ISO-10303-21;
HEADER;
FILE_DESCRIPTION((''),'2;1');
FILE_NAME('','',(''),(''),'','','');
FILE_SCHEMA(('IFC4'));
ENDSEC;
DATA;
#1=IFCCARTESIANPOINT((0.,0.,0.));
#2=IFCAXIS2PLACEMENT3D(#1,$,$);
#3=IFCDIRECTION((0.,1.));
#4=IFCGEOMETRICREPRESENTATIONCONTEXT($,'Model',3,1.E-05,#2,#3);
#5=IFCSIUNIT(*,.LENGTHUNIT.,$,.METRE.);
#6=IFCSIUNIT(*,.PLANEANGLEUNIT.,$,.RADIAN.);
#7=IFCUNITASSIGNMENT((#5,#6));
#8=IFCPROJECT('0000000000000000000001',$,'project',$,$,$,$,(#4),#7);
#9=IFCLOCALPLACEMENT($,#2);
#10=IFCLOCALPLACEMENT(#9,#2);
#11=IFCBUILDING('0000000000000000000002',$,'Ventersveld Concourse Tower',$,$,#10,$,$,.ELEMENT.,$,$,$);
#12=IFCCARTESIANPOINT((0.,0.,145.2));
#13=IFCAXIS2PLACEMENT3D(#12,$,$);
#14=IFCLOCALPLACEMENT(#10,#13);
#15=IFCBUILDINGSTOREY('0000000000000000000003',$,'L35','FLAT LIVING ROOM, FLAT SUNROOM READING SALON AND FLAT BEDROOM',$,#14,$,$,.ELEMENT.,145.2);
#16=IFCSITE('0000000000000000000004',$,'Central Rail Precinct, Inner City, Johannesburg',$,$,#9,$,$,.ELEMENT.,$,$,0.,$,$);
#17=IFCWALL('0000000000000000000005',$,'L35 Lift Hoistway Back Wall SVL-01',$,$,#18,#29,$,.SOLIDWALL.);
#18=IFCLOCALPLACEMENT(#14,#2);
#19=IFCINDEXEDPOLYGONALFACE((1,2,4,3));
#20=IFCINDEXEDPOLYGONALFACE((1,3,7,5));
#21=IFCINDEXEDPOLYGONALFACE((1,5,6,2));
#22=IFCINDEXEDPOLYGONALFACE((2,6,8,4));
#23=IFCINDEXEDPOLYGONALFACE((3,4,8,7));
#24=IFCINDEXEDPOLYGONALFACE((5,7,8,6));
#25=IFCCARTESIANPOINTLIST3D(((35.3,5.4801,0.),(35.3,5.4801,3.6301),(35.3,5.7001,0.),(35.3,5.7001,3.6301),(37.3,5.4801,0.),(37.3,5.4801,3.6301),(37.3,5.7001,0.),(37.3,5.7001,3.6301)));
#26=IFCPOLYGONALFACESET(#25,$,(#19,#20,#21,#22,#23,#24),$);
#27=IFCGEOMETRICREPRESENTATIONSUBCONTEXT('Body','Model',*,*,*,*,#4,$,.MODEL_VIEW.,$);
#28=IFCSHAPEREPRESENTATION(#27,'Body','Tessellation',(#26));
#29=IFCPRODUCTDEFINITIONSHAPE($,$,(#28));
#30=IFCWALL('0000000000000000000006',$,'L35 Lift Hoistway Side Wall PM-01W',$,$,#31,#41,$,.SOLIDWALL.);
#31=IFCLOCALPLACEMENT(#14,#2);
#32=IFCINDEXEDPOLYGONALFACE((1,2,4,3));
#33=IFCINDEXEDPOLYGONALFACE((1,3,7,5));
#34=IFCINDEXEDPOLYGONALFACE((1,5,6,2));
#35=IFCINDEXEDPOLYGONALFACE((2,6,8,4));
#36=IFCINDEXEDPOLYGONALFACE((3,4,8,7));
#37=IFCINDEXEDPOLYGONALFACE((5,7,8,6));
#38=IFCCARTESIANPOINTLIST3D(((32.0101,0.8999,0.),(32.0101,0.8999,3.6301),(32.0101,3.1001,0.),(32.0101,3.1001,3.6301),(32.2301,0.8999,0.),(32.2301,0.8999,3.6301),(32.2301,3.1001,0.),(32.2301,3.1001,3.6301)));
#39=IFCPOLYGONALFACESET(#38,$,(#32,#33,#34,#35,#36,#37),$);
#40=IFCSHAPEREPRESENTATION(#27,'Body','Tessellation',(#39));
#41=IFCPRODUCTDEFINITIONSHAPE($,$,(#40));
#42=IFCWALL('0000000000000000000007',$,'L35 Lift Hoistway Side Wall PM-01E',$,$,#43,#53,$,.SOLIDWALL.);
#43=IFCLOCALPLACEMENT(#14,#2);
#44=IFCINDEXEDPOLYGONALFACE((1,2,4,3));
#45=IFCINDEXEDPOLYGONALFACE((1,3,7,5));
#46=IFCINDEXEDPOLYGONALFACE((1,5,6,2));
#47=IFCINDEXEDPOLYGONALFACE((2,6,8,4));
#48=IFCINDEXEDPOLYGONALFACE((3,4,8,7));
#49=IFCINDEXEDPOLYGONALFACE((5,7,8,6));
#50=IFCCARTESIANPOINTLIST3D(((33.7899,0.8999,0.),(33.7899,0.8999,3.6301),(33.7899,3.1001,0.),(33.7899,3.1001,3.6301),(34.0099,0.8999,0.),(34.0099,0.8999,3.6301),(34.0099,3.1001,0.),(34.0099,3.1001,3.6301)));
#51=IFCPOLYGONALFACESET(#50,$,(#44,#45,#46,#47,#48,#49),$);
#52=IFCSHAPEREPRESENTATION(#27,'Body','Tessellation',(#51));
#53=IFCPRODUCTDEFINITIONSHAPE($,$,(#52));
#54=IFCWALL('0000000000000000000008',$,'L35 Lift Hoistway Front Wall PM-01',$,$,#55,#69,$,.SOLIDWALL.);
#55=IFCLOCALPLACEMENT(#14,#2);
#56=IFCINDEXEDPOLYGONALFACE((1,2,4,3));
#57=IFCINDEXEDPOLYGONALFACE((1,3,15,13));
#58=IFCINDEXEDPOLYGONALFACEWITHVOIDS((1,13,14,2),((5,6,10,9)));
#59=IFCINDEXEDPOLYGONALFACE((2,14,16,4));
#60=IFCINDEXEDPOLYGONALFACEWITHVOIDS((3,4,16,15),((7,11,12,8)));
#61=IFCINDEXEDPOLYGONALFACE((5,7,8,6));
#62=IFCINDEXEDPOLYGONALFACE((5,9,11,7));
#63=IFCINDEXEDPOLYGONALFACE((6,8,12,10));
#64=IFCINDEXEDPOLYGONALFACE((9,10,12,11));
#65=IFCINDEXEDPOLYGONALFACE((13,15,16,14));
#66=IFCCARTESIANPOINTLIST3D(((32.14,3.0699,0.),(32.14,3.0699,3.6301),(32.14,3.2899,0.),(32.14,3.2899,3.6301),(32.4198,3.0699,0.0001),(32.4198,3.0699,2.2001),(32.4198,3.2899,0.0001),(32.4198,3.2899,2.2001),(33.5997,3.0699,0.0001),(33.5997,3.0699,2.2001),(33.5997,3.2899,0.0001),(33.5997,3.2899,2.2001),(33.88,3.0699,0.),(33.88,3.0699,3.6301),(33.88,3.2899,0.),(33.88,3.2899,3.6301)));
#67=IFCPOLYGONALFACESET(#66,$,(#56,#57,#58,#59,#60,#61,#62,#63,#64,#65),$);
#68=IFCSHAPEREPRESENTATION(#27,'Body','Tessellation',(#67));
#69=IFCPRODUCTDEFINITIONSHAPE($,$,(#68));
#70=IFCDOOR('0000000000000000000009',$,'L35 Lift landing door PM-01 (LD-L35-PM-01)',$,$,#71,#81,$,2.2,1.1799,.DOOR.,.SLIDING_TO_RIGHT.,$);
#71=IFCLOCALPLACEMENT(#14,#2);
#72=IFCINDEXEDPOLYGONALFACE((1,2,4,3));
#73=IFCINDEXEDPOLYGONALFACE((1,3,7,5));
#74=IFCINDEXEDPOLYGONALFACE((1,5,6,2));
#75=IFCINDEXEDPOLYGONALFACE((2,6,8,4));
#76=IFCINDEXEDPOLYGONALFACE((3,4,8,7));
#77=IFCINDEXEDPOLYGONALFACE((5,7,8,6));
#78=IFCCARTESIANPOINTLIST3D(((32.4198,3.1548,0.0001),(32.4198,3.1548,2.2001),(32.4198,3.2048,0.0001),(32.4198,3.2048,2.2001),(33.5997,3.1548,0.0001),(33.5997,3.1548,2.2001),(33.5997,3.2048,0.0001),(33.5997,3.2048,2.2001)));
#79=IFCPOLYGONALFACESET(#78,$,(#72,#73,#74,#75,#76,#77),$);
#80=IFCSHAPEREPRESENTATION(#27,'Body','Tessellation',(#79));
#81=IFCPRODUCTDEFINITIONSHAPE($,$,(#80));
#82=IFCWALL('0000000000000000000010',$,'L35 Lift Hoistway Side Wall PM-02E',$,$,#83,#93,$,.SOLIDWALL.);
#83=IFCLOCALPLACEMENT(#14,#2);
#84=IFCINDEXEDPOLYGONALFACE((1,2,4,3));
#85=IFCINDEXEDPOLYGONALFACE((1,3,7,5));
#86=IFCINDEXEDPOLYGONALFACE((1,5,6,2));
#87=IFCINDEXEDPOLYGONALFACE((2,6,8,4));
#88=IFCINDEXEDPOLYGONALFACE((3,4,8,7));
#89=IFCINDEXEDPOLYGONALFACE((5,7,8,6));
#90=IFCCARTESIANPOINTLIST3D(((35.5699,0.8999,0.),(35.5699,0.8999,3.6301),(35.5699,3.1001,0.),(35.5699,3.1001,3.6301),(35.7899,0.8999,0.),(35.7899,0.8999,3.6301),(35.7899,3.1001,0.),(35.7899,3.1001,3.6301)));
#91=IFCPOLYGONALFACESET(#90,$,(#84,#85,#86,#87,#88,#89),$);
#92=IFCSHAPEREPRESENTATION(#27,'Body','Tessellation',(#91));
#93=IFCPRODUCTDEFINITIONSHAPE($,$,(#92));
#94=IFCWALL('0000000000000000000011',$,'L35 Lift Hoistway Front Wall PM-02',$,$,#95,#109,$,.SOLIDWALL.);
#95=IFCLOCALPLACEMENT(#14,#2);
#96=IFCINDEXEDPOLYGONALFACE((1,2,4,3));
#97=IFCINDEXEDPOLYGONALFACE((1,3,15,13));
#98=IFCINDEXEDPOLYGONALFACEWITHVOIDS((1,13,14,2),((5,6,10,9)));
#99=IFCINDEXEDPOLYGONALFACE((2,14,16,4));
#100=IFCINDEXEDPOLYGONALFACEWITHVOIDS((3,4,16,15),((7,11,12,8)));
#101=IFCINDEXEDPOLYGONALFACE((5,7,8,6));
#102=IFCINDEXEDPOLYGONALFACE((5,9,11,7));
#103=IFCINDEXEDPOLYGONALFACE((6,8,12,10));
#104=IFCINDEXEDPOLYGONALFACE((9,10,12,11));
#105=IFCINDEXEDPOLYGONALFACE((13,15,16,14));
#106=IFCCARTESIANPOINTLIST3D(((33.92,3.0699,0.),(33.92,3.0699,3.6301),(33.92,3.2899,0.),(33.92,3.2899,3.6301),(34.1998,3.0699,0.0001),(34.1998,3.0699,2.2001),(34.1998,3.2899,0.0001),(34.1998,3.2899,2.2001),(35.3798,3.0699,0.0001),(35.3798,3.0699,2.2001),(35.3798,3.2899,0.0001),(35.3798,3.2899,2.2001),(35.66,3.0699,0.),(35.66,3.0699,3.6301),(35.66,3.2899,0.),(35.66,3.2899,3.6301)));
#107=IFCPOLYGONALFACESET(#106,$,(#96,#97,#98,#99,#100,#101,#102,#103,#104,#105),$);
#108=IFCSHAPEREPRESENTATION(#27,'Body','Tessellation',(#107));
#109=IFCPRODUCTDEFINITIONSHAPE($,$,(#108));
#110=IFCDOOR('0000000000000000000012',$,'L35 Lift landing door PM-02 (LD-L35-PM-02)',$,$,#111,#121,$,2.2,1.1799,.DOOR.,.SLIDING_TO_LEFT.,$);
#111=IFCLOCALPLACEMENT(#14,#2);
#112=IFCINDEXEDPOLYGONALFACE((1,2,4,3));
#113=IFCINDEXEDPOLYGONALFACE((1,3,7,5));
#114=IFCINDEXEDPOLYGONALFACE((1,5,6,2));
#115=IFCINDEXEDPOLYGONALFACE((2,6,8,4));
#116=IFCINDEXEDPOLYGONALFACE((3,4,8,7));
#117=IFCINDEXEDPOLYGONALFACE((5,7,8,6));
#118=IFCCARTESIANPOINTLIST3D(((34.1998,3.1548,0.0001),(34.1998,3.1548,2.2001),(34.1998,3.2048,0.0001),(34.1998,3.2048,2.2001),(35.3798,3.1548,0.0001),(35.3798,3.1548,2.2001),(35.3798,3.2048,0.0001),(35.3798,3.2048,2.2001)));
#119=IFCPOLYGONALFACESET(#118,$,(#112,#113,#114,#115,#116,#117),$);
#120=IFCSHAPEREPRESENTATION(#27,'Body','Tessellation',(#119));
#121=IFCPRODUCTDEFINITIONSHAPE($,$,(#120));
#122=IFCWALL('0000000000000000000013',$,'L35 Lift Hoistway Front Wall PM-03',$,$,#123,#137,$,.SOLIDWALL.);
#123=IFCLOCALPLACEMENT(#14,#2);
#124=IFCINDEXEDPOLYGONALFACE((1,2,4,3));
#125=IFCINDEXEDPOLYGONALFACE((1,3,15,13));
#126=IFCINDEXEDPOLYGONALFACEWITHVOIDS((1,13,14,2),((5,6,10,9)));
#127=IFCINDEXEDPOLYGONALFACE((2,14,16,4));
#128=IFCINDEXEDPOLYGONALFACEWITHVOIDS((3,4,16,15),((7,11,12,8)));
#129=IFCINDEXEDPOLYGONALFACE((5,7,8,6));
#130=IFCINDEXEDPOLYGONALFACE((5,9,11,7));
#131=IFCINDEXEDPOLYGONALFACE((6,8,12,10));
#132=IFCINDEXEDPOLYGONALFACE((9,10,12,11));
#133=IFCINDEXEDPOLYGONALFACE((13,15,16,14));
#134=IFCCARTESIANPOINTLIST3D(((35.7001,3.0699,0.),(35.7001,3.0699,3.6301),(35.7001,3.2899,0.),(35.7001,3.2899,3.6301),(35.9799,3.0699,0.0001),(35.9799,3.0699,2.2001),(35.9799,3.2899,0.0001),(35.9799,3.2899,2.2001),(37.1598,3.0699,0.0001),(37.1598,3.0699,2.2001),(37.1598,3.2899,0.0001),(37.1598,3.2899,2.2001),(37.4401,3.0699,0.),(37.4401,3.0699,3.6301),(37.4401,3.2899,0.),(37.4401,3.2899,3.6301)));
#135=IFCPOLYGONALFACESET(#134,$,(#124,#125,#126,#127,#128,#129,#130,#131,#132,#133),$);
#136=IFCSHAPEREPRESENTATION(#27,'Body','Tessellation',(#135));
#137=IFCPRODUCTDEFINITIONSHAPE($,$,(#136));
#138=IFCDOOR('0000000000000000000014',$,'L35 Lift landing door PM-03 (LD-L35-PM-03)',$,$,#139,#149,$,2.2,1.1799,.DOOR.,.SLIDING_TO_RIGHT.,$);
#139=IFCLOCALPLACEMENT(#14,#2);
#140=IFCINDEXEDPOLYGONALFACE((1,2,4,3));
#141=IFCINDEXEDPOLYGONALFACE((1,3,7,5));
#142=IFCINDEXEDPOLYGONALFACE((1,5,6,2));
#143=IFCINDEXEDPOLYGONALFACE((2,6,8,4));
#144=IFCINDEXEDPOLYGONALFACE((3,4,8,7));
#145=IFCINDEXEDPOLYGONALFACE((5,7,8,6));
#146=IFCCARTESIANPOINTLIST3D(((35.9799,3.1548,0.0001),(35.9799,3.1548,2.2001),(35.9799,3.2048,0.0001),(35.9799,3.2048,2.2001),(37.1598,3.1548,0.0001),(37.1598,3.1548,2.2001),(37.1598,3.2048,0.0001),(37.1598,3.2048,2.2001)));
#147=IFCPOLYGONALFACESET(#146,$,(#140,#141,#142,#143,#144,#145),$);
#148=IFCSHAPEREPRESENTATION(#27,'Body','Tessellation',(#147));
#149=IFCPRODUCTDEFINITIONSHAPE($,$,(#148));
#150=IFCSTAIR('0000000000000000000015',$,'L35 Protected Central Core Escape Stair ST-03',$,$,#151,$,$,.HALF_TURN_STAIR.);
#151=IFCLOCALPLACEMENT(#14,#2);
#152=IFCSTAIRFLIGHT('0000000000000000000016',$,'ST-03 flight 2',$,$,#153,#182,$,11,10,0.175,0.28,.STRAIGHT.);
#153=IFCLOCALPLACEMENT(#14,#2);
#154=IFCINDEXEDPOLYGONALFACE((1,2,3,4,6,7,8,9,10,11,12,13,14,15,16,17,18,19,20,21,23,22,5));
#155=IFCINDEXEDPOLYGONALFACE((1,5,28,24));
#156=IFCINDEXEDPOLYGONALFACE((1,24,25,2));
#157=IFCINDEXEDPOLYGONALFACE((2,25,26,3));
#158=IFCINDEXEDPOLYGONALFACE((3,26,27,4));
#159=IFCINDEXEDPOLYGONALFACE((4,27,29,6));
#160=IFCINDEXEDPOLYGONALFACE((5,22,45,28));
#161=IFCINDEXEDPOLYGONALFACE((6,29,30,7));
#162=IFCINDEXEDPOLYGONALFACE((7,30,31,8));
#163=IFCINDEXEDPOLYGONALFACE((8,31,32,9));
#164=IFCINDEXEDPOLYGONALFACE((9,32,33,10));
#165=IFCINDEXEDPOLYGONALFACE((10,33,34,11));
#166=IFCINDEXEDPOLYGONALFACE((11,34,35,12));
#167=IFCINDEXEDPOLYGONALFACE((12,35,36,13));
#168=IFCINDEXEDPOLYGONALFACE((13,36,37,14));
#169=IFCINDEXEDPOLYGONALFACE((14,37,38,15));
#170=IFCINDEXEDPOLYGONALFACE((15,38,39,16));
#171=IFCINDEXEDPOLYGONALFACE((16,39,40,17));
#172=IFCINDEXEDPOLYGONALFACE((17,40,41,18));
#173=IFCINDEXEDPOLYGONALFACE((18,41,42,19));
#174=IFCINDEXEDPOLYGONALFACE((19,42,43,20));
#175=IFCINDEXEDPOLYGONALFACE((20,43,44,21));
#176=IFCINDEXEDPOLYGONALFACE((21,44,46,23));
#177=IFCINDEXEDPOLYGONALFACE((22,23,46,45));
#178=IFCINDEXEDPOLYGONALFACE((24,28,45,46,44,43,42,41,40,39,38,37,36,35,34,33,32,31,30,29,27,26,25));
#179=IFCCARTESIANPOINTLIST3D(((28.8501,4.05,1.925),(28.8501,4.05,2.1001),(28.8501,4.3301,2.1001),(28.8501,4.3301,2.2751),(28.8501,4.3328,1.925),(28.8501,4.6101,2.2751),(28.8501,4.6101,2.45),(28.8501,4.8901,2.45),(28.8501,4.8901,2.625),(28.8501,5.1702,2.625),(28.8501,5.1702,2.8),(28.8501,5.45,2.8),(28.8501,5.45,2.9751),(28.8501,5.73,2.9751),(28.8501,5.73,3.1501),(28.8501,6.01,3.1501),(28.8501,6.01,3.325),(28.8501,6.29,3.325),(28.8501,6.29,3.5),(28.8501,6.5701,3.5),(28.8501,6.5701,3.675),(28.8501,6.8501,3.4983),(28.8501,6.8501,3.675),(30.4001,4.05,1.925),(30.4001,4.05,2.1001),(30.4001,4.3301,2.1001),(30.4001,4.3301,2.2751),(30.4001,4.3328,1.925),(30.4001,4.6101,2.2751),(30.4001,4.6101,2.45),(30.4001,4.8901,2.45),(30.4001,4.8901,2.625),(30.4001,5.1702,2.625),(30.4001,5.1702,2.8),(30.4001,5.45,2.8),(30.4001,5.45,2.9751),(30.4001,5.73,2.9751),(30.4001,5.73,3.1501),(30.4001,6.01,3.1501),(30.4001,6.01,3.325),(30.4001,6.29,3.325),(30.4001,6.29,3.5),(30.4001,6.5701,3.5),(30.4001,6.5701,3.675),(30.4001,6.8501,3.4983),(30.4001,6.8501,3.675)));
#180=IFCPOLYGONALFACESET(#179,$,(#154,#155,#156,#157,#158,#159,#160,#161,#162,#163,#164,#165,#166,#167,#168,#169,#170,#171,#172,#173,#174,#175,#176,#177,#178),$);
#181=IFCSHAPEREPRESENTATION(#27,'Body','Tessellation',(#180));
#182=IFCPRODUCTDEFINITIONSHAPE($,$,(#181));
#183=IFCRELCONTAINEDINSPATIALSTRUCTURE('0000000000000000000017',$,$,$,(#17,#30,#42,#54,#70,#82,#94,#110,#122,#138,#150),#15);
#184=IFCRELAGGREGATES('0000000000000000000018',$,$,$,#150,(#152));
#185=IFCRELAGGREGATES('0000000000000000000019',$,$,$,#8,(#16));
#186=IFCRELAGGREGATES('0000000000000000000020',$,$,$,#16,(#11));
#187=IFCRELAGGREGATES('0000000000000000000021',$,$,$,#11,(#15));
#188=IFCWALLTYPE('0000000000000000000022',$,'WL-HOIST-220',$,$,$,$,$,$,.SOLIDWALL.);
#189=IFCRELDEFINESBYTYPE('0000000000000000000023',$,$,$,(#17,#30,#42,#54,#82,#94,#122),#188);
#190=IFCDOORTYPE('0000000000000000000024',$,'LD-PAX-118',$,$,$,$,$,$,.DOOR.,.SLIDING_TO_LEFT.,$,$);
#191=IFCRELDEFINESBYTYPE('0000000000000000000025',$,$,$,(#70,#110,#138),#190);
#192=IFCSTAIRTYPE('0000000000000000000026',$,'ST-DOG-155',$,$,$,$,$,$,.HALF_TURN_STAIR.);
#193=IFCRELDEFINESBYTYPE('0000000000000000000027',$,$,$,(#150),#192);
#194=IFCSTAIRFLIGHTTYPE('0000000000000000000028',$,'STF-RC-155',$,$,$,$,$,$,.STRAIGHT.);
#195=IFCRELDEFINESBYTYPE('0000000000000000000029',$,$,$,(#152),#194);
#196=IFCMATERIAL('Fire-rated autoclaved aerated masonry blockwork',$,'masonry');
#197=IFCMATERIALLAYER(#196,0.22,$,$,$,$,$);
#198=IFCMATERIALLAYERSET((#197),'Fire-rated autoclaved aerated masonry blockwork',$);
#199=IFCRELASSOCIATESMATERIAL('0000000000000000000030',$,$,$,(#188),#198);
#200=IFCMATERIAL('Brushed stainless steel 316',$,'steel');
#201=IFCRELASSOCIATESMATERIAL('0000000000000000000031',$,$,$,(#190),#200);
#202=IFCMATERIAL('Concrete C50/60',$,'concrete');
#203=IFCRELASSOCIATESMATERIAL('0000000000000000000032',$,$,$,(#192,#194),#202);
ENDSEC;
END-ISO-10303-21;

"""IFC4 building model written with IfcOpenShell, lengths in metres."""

from ifc_helpers import new_model, si_unit, direction, frame, frame_2d, origin, place, context, subcontext, project, spatial, polyline, rectangle, outline, extrude, material, layer, layer_set, type_object, element, fill, aggregate, save


model = new_model("IFC4")

# Units and contexts
model_context = context("Model", 3, precision=1e-05, world=origin(), true_north=direction((0.0, 1.0)))
body_context = subcontext(model_context, "Body", "Model", "MODEL_VIEW")
ifc_project = project(units=[si_unit("LENGTHUNIT", "METRE"), si_unit("PLANEANGLEUNIT", "RADIAN")], contexts=[model_context])

# Site, building, storey
site_placement = place(None, origin())
site = spatial("IfcSite", under=ifc_project, at=site_placement, Name="Central Rail Precinct, Inner City, Johannesburg", CompositionType="ELEMENT", RefElevation=0.0)
building_placement = place(site_placement, origin())
building = spatial("IfcBuilding", under=site, at=building_placement, Name="Ventersveld Concourse Tower", CompositionType="ELEMENT")
storey_placement = place(building_placement, frame((0.0, 0.0, 145.2)))
storey = spatial("IfcBuildingStorey", under=building, at=storey_placement, Name="L35", Description="FLAT LIVING ROOM, FLAT SUNROOM READING SALON AND FLAT BEDROOM", CompositionType="ELEMENT", Elevation=145.2)

# Shared definitions
ifc_material_1 = material(Name="Concrete C50/60", Category="concrete")

# Walls
ifc_material_2 = material(Name="Fire-rated autoclaved aerated masonry blockwork", Category="masonry")
ifc_layer_1 = layer(ifc_material_2, 0.22)
ifc_layer_set_1 = layer_set([ifc_layer_1], Name="Fire-rated autoclaved aerated masonry blockwork")
wall_type_1 = type_object("IfcWallType", Name="WL-HOIST-220", PredefinedType="SOLIDWALL", material=ifc_layer_set_1)
wall_1_placement = place(storey_placement, frame((35.3, 5.5901, 0.0), z_axis=(0.0, 0.0, 1.0), x_axis=(1.0, 0.0, 0.0)))
element("IfcWall", 1, at=wall_1_placement, inside=storey, type_object=wall_type_1, Name="L35 Lift Hoistway Back Wall SVL-01", PredefinedType="SOLIDWALL", context=body_context, shape_type="SweptSolid", body=[
    extrude(rectangle(XDim=2.0, YDim=0.22, at=frame_2d((1.0, 0.0))), origin(), (0.0, 0.0, 1.0), 3.6301),
])
for number, where, z_axis, x_axis, name in (
    (2, (32.1201, 0.8999, 0.0), (0.0, 0.0, 1.0), (0.0, 1.0, 0.0), "L35 Lift Hoistway Side Wall PM-01W"),
    (3, (33.8999, 0.8999, 0.0), (0.0, 0.0, 1.0), (0.0, 1.0, 0.0), "L35 Lift Hoistway Side Wall PM-01E"),
):
    element("IfcWall", number, at=place(storey_placement, frame(where, z_axis=z_axis, x_axis=x_axis)), inside=storey, type_object=wall_type_1, Name=name, PredefinedType="SOLIDWALL", context=body_context, shape_type="SweptSolid", body=[
        extrude(rectangle(XDim=2.2002, YDim=0.22, at=frame_2d((1.1001, 0.0))), origin(), (0.0, 0.0, 1.0), 3.6301),
    ])

# Wall, opening, door
wall_2_placement = place(storey_placement, frame((32.1399, 3.1799, 0.0), z_axis=(0.0, 0.0, 1.0), x_axis=(1.0, 0.0, 0.0)))
wall_2 = element("IfcWall", 4, at=wall_2_placement, inside=storey, type_object=wall_type_1, Name="L35 Lift Hoistway Front Wall PM-01", PredefinedType="SOLIDWALL", context=body_context, shape_type="SweptSolid", body=[
    extrude(rectangle(XDim=1.74, YDim=0.22, at=frame_2d((0.8701, 0.0))), origin(), (0.0, 0.0, 1.0), 3.6301),
])
opening_1_placement = place(wall_2_placement, frame((0.28, 0.0, 0.0)))
opening_1 = element("IfcOpeningElement", 5, at=opening_1_placement, cuts=wall_2, PredefinedType="OPENING", context=body_context, shape_type="SweptSolid", body=[
    extrude(rectangle(XDim=1.1799, YDim=2.2, at=frame_2d((0.5898, 1.1001))), frame((0.0, 0.1201, 0.0), z_axis=(0.0, -1.0, 0.0), x_axis=(1.0, 0.0, 0.0)), (0.0, 0.0, 1.0), 0.24),
])
ifc_material_3 = material(Name="Brushed stainless steel 316", Category="steel")
door_type = type_object("IfcDoorType", Name="LD-PAX-118", OperationType="SLIDING_TO_LEFT", PredefinedType="DOOR", material=ifc_material_3)
door_1_placement = place(opening_1_placement, origin())
door_1 = element("IfcDoor", 6, at=door_1_placement, inside=storey, type_object=door_type, Name="L35 Lift landing door PM-01 (LD-L35-PM-01)", OperationType="SLIDING_TO_RIGHT", OverallHeight=2.2, OverallWidth=1.1799, PredefinedType="DOOR", context=body_context, shape_type="SweptSolid", body=[
    extrude(rectangle(XDim=1.1799, YDim=2.2, at=frame_2d((0.5898, 1.1001))), frame((0.0, 0.0249, 0.0), z_axis=(0.0, -1.0, 0.0), x_axis=(1.0, 0.0, 0.0)), (0.0, 0.0, 1.0), 0.05),
])
fill(opening_1, door_1)

# Wall
wall_3_placement = place(storey_placement, frame((35.6799, 0.8999, 0.0), z_axis=(0.0, 0.0, 1.0), x_axis=(0.0, 1.0, 0.0)))
element("IfcWall", 7, at=wall_3_placement, inside=storey, type_object=wall_type_1, Name="L35 Lift Hoistway Side Wall PM-02E", PredefinedType="SOLIDWALL", context=body_context, shape_type="SweptSolid", body=[
    extrude(rectangle(XDim=2.2002, YDim=0.22, at=frame_2d((1.1001, 0.0))), origin(), (0.0, 0.0, 1.0), 3.6301),
])

# Walls, openings, doors
wall_4_placement = place(storey_placement, frame((33.9199, 3.1799, 0.0), z_axis=(0.0, 0.0, 1.0), x_axis=(1.0, 0.0, 0.0)))
wall_4 = element("IfcWall", 8, at=wall_4_placement, inside=storey, type_object=wall_type_1, Name="L35 Lift Hoistway Front Wall PM-02", PredefinedType="SOLIDWALL", context=body_context, shape_type="SweptSolid", body=[
    extrude(rectangle(XDim=1.74, YDim=0.22, at=frame_2d((0.8701, 0.0))), origin(), (0.0, 0.0, 1.0), 3.6301),
])
opening_2_placement = place(wall_4_placement, frame((0.28, 0.0, 0.0)))
opening_2 = element("IfcOpeningElement", 9, at=opening_2_placement, cuts=wall_4, PredefinedType="OPENING", context=body_context, shape_type="SweptSolid", body=[
    extrude(rectangle(XDim=1.1799, YDim=2.2, at=frame_2d((0.5898, 1.1001))), frame((0.0, 0.1201, 0.0), z_axis=(0.0, -1.0, 0.0), x_axis=(1.0, 0.0, 0.0)), (0.0, 0.0, 1.0), 0.24),
])
door_2_placement = place(opening_2_placement, origin())
door_2 = element("IfcDoor", 10, at=door_2_placement, inside=storey, type_object=door_type, Name="L35 Lift landing door PM-02 (LD-L35-PM-02)", OperationType="SLIDING_TO_LEFT", OverallHeight=2.2, OverallWidth=1.1799, PredefinedType="DOOR", context=body_context, shape_type="SweptSolid", body=[
    extrude(rectangle(XDim=1.1799, YDim=2.2, at=frame_2d((0.5898, 1.1001))), frame((0.0, 0.0249, 0.0), z_axis=(0.0, -1.0, 0.0), x_axis=(1.0, 0.0, 0.0)), (0.0, 0.0, 1.0), 0.05),
])
fill(opening_2, door_2)
wall_5_placement = place(storey_placement, frame((35.7, 3.1799, 0.0), z_axis=(0.0, 0.0, 1.0), x_axis=(1.0, 0.0, 0.0)))
wall_5 = element("IfcWall", 11, at=wall_5_placement, inside=storey, type_object=wall_type_1, Name="L35 Lift Hoistway Front Wall PM-03", PredefinedType="SOLIDWALL", context=body_context, shape_type="SweptSolid", body=[
    extrude(rectangle(XDim=1.74, YDim=0.22, at=frame_2d((0.8701, 0.0))), origin(), (0.0, 0.0, 1.0), 3.6301),
])
opening_3_placement = place(wall_5_placement, frame((0.28, 0.0, 0.0)))
opening_3 = element("IfcOpeningElement", 12, at=opening_3_placement, cuts=wall_5, PredefinedType="OPENING", context=body_context, shape_type="SweptSolid", body=[
    extrude(rectangle(XDim=1.1799, YDim=2.2, at=frame_2d((0.5898, 1.1001))), frame((0.0, 0.1201, 0.0), z_axis=(0.0, -1.0, 0.0), x_axis=(1.0, 0.0, 0.0)), (0.0, 0.0, 1.0), 0.24),
])
door_3_placement = place(opening_3_placement, origin())
door_3 = element("IfcDoor", 13, at=door_3_placement, inside=storey, type_object=door_type, Name="L35 Lift landing door PM-03 (LD-L35-PM-03)", OperationType="SLIDING_TO_RIGHT", OverallHeight=2.2, OverallWidth=1.1799, PredefinedType="DOOR", context=body_context, shape_type="SweptSolid", body=[
    extrude(rectangle(XDim=1.1799, YDim=2.2, at=frame_2d((0.5898, 1.1001))), frame((0.0, 0.0249, 0.0), z_axis=(0.0, -1.0, 0.0), x_axis=(1.0, 0.0, 0.0)), (0.0, 0.0, 1.0), 0.05),
])
fill(opening_3, door_3)

# Stair, stair flight
stair_type = type_object("IfcStairType", Name="ST-DOG-155", PredefinedType="HALF_TURN_STAIR", material=ifc_material_1)
stair_placement = place(storey_placement, origin())
stair = element("IfcStair", 14, at=stair_placement, inside=storey, type_object=stair_type, Name="L35 Protected Central Core Escape Stair ST-03", PredefinedType="HALF_TURN_STAIR")
stair_flight_type = type_object("IfcStairFlightType", Name="STF-RC-155", PredefinedType="STRAIGHT", material=ifc_material_1)
stair_flight_placement = place(storey_placement, frame((29.625, 4.05, 1.925), z_axis=(0.0, 0.0, 1.0), x_axis=(0.0, 1.0, 0.0)))
stair_flight = element("IfcStairFlight", 15, at=stair_flight_placement, type_object=stair_flight_type, Name="ST-03 flight 2", NumberOfRisers=11, NumberOfTreads=10, PredefinedType="STRAIGHT", RiserHeight=0.175, TreadLength=0.28, context=body_context, shape_type="SweptSolid", body=[
    extrude(outline(polyline([(0.0, 0.0), (0.0, 0.175), (0.28, 0.175), (0.28, 0.3501), (0.5601, 0.3501), (0.5601, 0.5249), (0.8401, 0.5249), (0.8401, 0.7), (1.1201, 0.7), (1.1201, 0.875), (1.3999, 0.875), (1.3999, 1.05), (1.6799, 1.05), (1.6799, 1.2251), (1.96, 1.2251), (1.96, 1.3999), (2.24, 1.3999), (2.24, 1.575), (2.52, 1.575), (2.52, 1.75), (2.8, 1.75), (2.8, 1.925), (2.8, 1.5732), (0.2827, 0.0), (0.0, 0.0)])), frame((0.0, 0.7749, 0.0), z_axis=(0.0, -1.0, 0.0), x_axis=(1.0, 0.0, 0.0)), (0.0, 0.0, 1.0), 1.55),
])
aggregate(stair, [stair_flight])

save(model, "model.ifc")
